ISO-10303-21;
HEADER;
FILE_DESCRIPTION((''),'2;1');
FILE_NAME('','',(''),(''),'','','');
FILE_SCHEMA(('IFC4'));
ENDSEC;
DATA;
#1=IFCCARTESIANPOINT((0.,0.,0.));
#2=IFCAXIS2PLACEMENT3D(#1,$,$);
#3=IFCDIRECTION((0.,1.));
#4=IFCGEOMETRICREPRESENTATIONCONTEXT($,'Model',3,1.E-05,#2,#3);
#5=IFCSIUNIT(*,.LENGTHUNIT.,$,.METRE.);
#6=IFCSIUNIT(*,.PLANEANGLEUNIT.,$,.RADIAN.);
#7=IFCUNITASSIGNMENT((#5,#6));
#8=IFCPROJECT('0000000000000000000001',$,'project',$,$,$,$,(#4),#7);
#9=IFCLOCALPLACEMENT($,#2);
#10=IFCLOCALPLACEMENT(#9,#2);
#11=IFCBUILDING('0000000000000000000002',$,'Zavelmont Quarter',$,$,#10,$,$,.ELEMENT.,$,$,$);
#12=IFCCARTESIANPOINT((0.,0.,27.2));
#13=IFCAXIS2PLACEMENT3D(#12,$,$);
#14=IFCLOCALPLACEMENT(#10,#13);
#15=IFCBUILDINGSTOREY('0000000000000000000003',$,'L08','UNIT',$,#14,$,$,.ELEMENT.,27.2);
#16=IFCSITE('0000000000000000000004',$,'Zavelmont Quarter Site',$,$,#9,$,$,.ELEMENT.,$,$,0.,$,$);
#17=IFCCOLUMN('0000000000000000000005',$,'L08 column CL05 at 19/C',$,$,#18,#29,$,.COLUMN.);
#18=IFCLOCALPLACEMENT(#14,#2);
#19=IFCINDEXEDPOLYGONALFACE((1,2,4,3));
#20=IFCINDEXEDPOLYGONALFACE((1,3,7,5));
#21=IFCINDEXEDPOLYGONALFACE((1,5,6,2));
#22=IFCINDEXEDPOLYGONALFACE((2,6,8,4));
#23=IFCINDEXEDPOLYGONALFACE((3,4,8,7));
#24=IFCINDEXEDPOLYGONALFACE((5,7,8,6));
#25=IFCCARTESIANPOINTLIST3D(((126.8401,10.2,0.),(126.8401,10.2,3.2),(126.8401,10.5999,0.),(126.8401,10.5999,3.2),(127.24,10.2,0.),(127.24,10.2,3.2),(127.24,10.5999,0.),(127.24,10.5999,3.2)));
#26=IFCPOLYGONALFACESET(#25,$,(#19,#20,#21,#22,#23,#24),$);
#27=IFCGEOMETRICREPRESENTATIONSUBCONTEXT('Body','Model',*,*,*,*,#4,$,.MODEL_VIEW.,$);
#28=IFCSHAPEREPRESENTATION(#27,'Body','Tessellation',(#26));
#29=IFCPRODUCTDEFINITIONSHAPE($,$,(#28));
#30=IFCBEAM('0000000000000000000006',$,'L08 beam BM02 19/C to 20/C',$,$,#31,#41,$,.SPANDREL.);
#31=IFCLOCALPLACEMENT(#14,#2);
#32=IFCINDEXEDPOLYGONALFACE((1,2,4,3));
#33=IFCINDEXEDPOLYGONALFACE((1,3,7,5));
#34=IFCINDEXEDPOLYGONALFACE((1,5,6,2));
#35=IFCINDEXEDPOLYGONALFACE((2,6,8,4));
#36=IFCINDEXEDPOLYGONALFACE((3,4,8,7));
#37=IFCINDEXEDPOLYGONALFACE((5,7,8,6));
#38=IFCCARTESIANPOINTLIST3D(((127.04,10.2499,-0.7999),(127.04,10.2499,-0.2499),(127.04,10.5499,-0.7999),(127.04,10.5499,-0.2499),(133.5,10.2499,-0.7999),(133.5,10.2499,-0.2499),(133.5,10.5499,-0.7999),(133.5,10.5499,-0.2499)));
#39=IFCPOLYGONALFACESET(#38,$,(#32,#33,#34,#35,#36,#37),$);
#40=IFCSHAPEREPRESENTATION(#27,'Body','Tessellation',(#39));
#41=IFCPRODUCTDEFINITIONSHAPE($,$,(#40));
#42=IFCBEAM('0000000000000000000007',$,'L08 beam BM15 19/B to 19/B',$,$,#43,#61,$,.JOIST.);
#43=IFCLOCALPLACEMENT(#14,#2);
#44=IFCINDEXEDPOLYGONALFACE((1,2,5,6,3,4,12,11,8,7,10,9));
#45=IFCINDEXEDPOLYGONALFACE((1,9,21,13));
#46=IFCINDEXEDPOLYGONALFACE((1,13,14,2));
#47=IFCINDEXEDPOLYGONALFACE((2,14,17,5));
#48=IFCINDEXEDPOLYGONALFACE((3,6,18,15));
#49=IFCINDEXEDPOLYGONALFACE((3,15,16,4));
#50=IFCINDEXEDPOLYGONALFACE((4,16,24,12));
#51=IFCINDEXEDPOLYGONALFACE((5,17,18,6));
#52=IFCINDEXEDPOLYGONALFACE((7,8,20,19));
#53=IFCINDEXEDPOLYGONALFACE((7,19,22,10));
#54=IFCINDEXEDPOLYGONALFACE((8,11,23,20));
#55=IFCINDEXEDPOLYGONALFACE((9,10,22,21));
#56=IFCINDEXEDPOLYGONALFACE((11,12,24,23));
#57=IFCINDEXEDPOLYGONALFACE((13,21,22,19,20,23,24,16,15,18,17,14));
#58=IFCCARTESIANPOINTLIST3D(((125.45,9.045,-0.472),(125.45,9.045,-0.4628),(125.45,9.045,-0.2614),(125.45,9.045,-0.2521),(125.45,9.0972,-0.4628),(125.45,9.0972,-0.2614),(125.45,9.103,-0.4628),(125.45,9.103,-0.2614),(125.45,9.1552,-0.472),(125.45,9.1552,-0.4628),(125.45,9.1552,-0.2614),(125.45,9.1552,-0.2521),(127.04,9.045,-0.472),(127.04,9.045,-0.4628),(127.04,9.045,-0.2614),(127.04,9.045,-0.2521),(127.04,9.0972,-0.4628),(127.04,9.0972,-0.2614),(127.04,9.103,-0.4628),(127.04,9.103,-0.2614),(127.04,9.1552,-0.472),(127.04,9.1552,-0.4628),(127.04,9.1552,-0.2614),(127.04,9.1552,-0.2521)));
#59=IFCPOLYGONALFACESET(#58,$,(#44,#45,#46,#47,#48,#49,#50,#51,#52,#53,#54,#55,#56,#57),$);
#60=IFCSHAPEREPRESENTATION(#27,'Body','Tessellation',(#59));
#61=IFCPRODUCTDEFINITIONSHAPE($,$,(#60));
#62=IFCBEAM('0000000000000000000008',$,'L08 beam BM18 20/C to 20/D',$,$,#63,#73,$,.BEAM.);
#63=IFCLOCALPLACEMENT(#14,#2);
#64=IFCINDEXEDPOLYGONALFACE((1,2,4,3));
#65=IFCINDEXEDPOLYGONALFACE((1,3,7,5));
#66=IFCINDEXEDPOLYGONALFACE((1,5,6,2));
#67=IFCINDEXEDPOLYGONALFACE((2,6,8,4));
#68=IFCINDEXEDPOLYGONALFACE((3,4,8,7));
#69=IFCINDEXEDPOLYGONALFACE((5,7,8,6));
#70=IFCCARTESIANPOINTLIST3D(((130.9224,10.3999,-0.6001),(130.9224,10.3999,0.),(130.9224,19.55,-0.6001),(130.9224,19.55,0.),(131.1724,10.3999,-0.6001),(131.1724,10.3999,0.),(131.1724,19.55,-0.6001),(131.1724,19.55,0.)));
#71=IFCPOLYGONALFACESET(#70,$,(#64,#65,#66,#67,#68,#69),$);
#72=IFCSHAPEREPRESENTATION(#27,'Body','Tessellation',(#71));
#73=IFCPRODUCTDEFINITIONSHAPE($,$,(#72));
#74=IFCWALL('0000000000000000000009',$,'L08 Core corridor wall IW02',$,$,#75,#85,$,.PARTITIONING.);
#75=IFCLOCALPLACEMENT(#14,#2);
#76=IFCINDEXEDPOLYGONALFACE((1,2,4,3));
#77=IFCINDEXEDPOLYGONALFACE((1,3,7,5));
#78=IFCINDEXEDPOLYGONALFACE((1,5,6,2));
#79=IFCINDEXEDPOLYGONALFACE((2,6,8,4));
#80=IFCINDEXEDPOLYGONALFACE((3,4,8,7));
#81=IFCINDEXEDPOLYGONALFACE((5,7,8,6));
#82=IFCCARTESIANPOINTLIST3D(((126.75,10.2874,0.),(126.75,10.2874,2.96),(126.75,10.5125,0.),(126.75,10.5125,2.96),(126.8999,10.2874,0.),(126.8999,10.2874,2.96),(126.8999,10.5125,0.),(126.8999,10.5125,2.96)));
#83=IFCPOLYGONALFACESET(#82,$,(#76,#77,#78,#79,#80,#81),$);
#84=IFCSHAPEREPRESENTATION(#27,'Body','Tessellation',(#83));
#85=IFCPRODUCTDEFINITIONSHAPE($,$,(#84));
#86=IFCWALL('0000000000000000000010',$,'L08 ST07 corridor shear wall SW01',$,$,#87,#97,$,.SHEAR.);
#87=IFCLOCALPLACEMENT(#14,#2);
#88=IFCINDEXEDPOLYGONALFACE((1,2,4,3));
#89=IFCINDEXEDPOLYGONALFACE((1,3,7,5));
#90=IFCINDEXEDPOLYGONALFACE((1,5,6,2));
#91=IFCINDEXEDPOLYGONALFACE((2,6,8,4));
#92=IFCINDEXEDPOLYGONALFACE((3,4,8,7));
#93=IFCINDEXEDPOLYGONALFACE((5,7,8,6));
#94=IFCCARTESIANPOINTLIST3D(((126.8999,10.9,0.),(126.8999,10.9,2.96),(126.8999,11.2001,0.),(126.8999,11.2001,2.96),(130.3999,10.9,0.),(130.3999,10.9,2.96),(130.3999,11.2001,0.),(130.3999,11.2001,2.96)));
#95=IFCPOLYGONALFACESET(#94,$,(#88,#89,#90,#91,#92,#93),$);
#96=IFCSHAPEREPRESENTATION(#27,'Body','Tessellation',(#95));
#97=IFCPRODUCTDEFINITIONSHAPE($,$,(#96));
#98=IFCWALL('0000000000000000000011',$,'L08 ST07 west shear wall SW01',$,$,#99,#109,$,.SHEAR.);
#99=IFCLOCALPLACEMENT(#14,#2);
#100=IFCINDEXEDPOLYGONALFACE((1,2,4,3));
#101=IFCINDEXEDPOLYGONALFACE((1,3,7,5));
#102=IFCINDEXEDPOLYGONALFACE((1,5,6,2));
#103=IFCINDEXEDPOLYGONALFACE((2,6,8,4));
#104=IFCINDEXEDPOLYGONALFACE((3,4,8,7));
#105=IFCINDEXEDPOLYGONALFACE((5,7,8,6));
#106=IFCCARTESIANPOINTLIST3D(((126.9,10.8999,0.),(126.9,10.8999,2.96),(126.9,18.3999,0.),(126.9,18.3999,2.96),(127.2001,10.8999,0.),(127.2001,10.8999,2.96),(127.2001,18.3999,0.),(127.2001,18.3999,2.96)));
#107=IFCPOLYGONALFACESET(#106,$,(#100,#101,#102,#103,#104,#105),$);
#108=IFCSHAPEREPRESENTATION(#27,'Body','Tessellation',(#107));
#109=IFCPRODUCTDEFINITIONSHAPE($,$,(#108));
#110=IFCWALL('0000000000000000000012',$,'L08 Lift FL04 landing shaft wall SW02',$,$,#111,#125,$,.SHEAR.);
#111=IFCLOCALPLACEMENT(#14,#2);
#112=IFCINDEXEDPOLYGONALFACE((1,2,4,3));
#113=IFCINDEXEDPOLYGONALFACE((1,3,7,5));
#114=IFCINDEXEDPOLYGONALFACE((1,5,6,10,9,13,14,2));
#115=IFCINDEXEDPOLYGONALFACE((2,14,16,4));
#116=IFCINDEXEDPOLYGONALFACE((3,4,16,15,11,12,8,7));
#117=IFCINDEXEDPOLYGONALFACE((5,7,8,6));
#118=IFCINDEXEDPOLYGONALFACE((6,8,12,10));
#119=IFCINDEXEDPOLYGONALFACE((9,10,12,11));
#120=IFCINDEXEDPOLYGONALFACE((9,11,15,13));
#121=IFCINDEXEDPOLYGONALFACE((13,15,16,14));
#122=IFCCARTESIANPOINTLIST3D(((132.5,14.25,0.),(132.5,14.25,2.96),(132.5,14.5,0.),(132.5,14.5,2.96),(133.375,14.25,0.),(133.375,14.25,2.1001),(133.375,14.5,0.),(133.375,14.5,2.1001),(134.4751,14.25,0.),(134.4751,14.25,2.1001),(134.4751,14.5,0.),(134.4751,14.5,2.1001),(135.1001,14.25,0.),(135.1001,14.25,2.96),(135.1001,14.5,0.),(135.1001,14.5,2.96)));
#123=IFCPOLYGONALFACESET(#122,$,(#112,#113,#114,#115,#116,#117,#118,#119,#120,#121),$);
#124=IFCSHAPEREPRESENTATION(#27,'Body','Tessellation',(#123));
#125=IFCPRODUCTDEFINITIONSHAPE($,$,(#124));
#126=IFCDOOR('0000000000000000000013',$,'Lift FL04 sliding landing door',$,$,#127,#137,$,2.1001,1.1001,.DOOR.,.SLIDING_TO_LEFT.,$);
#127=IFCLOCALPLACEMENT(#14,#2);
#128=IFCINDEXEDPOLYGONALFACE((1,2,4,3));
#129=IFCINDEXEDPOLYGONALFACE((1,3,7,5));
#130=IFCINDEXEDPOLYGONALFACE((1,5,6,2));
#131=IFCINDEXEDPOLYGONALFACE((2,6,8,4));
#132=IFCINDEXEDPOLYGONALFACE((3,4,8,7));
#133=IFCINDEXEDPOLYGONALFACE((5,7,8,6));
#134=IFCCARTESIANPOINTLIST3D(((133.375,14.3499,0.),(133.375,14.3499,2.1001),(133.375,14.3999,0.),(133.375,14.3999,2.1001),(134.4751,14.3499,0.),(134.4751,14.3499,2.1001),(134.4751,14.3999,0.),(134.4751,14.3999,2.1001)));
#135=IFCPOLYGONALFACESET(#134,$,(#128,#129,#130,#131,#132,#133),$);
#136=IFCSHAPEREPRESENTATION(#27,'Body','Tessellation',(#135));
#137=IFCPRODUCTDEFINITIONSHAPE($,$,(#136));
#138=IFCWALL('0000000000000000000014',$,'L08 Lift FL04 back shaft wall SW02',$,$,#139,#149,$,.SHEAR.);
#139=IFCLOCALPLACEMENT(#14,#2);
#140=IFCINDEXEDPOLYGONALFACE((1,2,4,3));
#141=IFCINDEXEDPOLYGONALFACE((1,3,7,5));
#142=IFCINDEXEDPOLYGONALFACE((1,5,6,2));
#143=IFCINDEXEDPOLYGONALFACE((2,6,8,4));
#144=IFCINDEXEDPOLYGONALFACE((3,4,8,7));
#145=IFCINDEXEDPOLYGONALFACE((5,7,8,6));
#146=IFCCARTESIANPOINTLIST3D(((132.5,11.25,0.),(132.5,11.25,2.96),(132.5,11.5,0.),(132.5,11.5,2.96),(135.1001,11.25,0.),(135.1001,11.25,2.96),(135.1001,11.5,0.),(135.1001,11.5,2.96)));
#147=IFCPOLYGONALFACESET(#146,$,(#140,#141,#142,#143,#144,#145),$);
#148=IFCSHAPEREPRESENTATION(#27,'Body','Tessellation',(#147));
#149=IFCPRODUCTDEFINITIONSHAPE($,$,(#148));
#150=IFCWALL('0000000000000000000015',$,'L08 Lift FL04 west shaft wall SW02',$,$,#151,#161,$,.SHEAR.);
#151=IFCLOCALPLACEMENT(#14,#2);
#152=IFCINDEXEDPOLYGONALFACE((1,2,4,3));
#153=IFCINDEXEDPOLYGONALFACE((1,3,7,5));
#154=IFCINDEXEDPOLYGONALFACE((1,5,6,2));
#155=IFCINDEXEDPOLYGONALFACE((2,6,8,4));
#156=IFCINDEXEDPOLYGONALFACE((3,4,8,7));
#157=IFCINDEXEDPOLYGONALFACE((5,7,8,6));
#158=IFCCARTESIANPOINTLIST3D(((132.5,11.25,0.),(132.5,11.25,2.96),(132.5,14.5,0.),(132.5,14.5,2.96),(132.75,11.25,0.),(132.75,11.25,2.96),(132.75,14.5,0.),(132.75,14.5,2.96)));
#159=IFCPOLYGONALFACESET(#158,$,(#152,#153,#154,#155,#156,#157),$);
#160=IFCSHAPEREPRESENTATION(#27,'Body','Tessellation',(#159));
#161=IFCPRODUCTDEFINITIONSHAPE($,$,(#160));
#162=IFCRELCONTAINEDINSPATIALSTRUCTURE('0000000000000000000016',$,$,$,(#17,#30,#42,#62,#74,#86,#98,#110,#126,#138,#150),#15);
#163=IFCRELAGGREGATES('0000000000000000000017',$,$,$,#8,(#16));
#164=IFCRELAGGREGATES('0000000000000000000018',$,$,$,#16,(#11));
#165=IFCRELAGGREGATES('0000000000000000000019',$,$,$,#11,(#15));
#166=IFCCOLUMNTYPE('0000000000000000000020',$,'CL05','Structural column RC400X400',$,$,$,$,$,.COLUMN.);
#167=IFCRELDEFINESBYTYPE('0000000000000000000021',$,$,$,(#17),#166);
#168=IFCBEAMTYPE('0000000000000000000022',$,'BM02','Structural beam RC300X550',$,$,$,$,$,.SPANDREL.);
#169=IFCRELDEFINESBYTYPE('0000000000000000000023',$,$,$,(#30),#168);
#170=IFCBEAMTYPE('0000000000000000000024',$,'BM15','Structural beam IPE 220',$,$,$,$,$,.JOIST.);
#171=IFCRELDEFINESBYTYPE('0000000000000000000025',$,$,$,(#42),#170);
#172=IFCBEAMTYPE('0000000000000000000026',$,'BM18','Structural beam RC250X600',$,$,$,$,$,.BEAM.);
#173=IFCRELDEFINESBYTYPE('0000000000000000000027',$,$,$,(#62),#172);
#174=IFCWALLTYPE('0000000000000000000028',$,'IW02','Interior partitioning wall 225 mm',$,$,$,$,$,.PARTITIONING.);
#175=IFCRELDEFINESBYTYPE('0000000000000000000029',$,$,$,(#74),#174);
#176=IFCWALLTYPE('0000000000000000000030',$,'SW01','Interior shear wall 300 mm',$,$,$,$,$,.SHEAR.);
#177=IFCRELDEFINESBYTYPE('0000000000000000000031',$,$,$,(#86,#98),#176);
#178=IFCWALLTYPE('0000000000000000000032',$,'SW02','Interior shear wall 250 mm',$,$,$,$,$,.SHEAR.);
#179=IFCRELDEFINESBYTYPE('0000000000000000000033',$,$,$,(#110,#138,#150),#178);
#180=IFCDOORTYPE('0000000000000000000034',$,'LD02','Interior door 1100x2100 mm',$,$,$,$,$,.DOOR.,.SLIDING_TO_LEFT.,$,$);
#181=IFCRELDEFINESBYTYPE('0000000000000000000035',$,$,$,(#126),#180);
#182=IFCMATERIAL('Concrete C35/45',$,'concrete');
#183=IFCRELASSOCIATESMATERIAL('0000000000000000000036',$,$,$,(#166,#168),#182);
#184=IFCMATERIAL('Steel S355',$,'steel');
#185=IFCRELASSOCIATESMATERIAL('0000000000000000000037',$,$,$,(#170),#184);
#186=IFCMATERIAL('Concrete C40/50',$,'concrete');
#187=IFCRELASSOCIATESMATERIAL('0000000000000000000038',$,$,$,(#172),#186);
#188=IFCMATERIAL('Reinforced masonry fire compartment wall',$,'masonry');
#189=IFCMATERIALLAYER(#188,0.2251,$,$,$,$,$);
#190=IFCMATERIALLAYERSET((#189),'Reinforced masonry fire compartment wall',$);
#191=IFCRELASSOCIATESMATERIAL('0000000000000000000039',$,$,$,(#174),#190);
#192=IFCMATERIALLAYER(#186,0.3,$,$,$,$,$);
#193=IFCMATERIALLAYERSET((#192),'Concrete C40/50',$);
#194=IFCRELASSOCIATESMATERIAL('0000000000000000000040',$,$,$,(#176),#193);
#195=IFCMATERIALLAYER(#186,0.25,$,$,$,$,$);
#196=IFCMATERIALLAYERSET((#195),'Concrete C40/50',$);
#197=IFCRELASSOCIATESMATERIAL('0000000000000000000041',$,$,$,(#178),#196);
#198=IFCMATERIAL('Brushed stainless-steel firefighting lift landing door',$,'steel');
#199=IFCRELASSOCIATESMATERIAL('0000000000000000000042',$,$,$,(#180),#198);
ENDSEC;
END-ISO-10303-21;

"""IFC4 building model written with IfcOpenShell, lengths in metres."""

from ifc_helpers import new_model, si_unit, direction, frame, frame_2d, origin, origin_with_axes, origin_2d, place, context, subcontext, project, spatial, rectangle, i_section, extrude, material, layer, layer_set, material_profile, profile_set, type_object, element, fill, save


model = new_model("IFC4")

# Units and contexts
model_context = context("Model", 3, precision=1e-05, world=origin(), true_north=direction((0.0, 1.0)))
body_context = subcontext(model_context, "Body", "Model", "MODEL_VIEW")
ifc_project = project(units=[si_unit("LENGTHUNIT", "METRE"), si_unit("PLANEANGLEUNIT", "RADIAN")], contexts=[model_context])

# Site, building, storey
site_placement = place(None, origin())
site = spatial("IfcSite", under=ifc_project, at=site_placement, Name="Zavelmont Quarter Site", CompositionType="ELEMENT", RefElevation=0.0)
building_placement = place(site_placement, origin())
building = spatial("IfcBuilding", under=site, at=building_placement, Name="Zavelmont Quarter", CompositionType="ELEMENT")
storey_placement = place(building_placement, frame((0.0, 0.0, 27.2)))
storey = spatial("IfcBuildingStorey", under=building, at=storey_placement, Name="L08", Description="UNIT", CompositionType="ELEMENT", Elevation=27.2)

# Column
ifc_material_1 = material(Name="Concrete C35/45", Category="concrete")
ifc_material_profile_1 = material_profile(ifc_material_1, rectangle(XDim=0.3999, YDim=0.3999, at=origin_2d()), Name="RC400X400")
ifc_profile_set_1 = profile_set([ifc_material_profile_1], Name="Concrete C35/45")
column_type = type_object("IfcColumnType", Name="CL05", Description="Structural column RC400X400", PredefinedType="COLUMN", material=ifc_profile_set_1)
column_placement = place(storey_placement, frame((127.04, 10.3999, 0.0), z_axis=(0.0, 0.0, 1.0), x_axis=(1.0, 0.0, 0.0)))
element("IfcColumn", 1, at=column_placement, inside=storey, type_object=column_type, Name="L08 column CL05 at 19/C", PredefinedType="COLUMN", context=body_context, shape_type="SweptSolid", body=[
    extrude(rectangle(XDim=0.3999, YDim=0.3999, at=origin_2d()), origin(), (0.0, 0.0, 1.0), 3.2),
])

# Beams
ifc_material_profile_2 = material_profile(ifc_material_1, rectangle(XDim=0.3, YDim=0.55, at=origin_2d()), Name="RC300X550")
ifc_profile_set_2 = profile_set([ifc_material_profile_2], Name="Concrete C35/45")
beam_type_1 = type_object("IfcBeamType", Name="BM02", Description="Structural beam RC300X550", PredefinedType="SPANDREL", material=ifc_profile_set_2)
beam_1_placement = place(storey_placement, frame((127.04, 10.3999, -0.5249), z_axis=(1.0, 0.0, 0.0), x_axis=(0.0, 1.0, 0.0)))
element("IfcBeam", 2, at=beam_1_placement, inside=storey, type_object=beam_type_1, Name="L08 beam BM02 19/C to 20/C", PredefinedType="SPANDREL", context=body_context, shape_type="SweptSolid", body=[
    extrude(rectangle(XDim=0.3, YDim=0.55, at=origin_2d()), origin(), (0.0, 0.0, 1.0), 6.46),
])
ifc_material_2 = material(Name="Steel S355", Category="steel")
ifc_material_profile_3 = material_profile(ifc_material_2, i_section(OverallWidth=0.1101, OverallDepth=0.22, WebThickness=0.0059, FlangeThickness=0.0093, at=origin_2d()), Name="IPE 220")
ifc_profile_set_3 = profile_set([ifc_material_profile_3], Name="Steel S355")
beam_type_2 = type_object("IfcBeamType", Name="BM15", Description="Structural beam IPE 220", PredefinedType="JOIST", material=ifc_profile_set_3)
beam_2_placement = place(storey_placement, frame((127.04, 9.1001, -0.3621), z_axis=(-1.0, 0.0, 0.0), x_axis=(0.0, -1.0, 0.0)))
element("IfcBeam", 3, at=beam_2_placement, inside=storey, type_object=beam_type_2, Name="L08 beam BM15 19/B to 19/B", PredefinedType="JOIST", context=body_context, shape_type="SweptSolid", body=[
    extrude(i_section(OverallWidth=0.1101, OverallDepth=0.22, WebThickness=0.0059, FlangeThickness=0.0093, at=origin_2d()), origin(), (0.0, 0.0, 1.0), 1.5901),
])
ifc_material_3 = material(Name="Concrete C40/50", Category="concrete")
ifc_material_profile_4 = material_profile(ifc_material_3, rectangle(XDim=0.25, YDim=0.6001, at=origin_2d()), Name="RC250X600")
ifc_profile_set_4 = profile_set([ifc_material_profile_4], Name="Concrete C40/50")
beam_type_3 = type_object("IfcBeamType", Name="BM18", Description="Structural beam RC250X600", PredefinedType="BEAM", material=ifc_profile_set_4)
beam_3_placement = place(storey_placement, frame((131.0474, 10.3999, -0.3), z_axis=(0.0, 1.0, 0.0), x_axis=(-1.0, 0.0, 0.0)))
element("IfcBeam", 4, at=beam_3_placement, inside=storey, type_object=beam_type_3, Name="L08 beam BM18 20/C to 20/D", PredefinedType="BEAM", context=body_context, shape_type="SweptSolid", body=[
    extrude(rectangle(XDim=0.25, YDim=0.6001, at=origin_2d()), origin(), (0.0, 0.0, 1.0), 9.1501),
])

# Shared definitions
ifc_material_4 = material(Name="Reinforced masonry fire compartment wall", Category="masonry")
ifc_layer_1 = layer(ifc_material_4, 0.2251)
ifc_layer_set_1 = layer_set([ifc_layer_1], Name="Reinforced masonry fire compartment wall")
wall_type_1 = type_object("IfcWallType", Name="IW02", Description="Interior partitioning wall 225 mm", PredefinedType="PARTITIONING", material=ifc_layer_set_1)

# Wall
wall_1_placement = place(storey_placement, frame((126.75, 10.3999, 0.0), z_axis=(0.0, 0.0, 1.0), x_axis=(1.0, 0.0, 0.0)))
element("IfcWall", 5, at=wall_1_placement, inside=storey, type_object=wall_type_1, Name="L08 Core corridor wall IW02", PredefinedType="PARTITIONING", context=body_context, shape_type="SweptSolid", body=[
    extrude(rectangle(XDim=0.1499, YDim=0.2251, at=frame_2d((0.075, 0.0))), origin(), (0.0, 0.0, 1.0), 2.96),
])

# Walls
ifc_layer_2 = layer(ifc_material_3, 0.3)
ifc_layer_set_2 = layer_set([ifc_layer_2], Name="Concrete C40/50")
wall_type_2 = type_object("IfcWallType", Name="SW01", Description="Interior shear wall 300 mm", PredefinedType="SHEAR", material=ifc_layer_set_2)
wall_2_placement = place(storey_placement, frame((126.8999, 11.05, 0.0), z_axis=(0.0, 0.0, 1.0), x_axis=(1.0, 0.0, 0.0)))
element("IfcWall", 6, at=wall_2_placement, inside=storey, type_object=wall_type_2, Name="L08 ST07 corridor shear wall SW01", PredefinedType="SHEAR", context=body_context, shape_type="SweptSolid", body=[
    extrude(rectangle(XDim=3.5, YDim=0.3, at=frame_2d((1.75, 0.0))), origin(), (0.0, 0.0, 1.0), 2.96),
])
wall_3_placement = place(storey_placement, frame((127.05, 10.8999, 0.0), z_axis=(0.0, 0.0, 1.0), x_axis=(0.0, 1.0, 0.0)))
element("IfcWall", 7, at=wall_3_placement, inside=storey, type_object=wall_type_2, Name="L08 ST07 west shear wall SW01", PredefinedType="SHEAR", context=body_context, shape_type="SweptSolid", body=[
    extrude(rectangle(XDim=7.5, YDim=0.3, at=frame_2d((3.75, 0.0))), origin(), (0.0, 0.0, 1.0), 2.96),
])

# Wall, opening, door
ifc_layer_3 = layer(ifc_material_3, 0.25)
ifc_layer_set_3 = layer_set([ifc_layer_3], Name="Concrete C40/50")
wall_type_3 = type_object("IfcWallType", Name="SW02", Description="Interior shear wall 250 mm", PredefinedType="SHEAR", material=ifc_layer_set_3)
wall_4_placement = place(storey_placement, frame((132.5, 14.375, 0.0), z_axis=(0.0, 0.0, 1.0), x_axis=(1.0, 0.0, 0.0)))
wall_4 = element("IfcWall", 8, at=wall_4_placement, inside=storey, type_object=wall_type_3, Name="L08 Lift FL04 landing shaft wall SW02", PredefinedType="SHEAR", context=body_context, shape_type="SweptSolid", body=[
    extrude(rectangle(XDim=2.6001, YDim=0.25, at=frame_2d((1.3, 0.0))), origin(), (0.0, 0.0, 1.0), 2.96),
])
opening_1_placement = place(wall_4_placement, frame((0.875, 0.0, 0.0)))
opening_1 = element("IfcOpeningElement", 9, at=opening_1_placement, cuts=wall_4, PredefinedType="OPENING", context=body_context, shape_type="SweptSolid", body=[
    extrude(rectangle(XDim=1.1001, YDim=2.1001, at=frame_2d((0.55, 1.05))), frame((0.0, 0.137, 0.0), z_axis=(0.0, -1.0, 0.0), x_axis=(1.0, 0.0, 0.0)), (0.0, 0.0, 1.0), 0.2739),
])
ifc_material_5 = material(Name="Brushed stainless-steel firefighting lift landing door", Category="steel")
door_type_1 = type_object("IfcDoorType", Name="LD02", Description="Interior door 1100x2100 mm", OperationType="SLIDING_TO_LEFT", PredefinedType="DOOR", material=ifc_material_5)
door_1_placement = place(opening_1_placement, origin_with_axes())
door_1 = element("IfcDoor", 10, at=door_1_placement, inside=storey, type_object=door_type_1, Name="Lift FL04 sliding landing door", OperationType="SLIDING_TO_LEFT", OverallHeight=2.1001, OverallWidth=1.1001, PredefinedType="DOOR", context=body_context, shape_type="SweptSolid", body=[
    extrude(rectangle(XDim=1.1001, YDim=2.1001, at=frame_2d((0.55, 1.05))), frame((0.0, 0.0249, 0.0), z_axis=(0.0, -1.0, 0.0), x_axis=(1.0, 0.0, 0.0)), (0.0, 0.0, 1.0), 0.05),
])
fill(opening_1, door_1)

# Walls
wall_5_placement = place(storey_placement, frame((132.5, 11.375, 0.0), z_axis=(0.0, 0.0, 1.0), x_axis=(1.0, 0.0, 0.0)))
element("IfcWall", 11, at=wall_5_placement, inside=storey, type_object=wall_type_3, Name="L08 Lift FL04 back shaft wall SW02", PredefinedType="SHEAR", context=body_context, shape_type="SweptSolid", body=[
    extrude(rectangle(XDim=2.6001, YDim=0.25, at=frame_2d((1.3, 0.0))), origin(), (0.0, 0.0, 1.0), 2.96),
])
wall_6_placement = place(storey_placement, frame((132.625, 11.25, 0.0), z_axis=(0.0, 0.0, 1.0), x_axis=(0.0, 1.0, 0.0)))
element("IfcWall", 12, at=wall_6_placement, inside=storey, type_object=wall_type_3, Name="L08 Lift FL04 west shaft wall SW02", PredefinedType="SHEAR", context=body_context, shape_type="SweptSolid", body=[
    extrude(rectangle(XDim=3.25, YDim=0.25, at=frame_2d((1.625, 0.0))), origin(), (0.0, 0.0, 1.0), 2.96),
])

save(model, "model.ifc")
